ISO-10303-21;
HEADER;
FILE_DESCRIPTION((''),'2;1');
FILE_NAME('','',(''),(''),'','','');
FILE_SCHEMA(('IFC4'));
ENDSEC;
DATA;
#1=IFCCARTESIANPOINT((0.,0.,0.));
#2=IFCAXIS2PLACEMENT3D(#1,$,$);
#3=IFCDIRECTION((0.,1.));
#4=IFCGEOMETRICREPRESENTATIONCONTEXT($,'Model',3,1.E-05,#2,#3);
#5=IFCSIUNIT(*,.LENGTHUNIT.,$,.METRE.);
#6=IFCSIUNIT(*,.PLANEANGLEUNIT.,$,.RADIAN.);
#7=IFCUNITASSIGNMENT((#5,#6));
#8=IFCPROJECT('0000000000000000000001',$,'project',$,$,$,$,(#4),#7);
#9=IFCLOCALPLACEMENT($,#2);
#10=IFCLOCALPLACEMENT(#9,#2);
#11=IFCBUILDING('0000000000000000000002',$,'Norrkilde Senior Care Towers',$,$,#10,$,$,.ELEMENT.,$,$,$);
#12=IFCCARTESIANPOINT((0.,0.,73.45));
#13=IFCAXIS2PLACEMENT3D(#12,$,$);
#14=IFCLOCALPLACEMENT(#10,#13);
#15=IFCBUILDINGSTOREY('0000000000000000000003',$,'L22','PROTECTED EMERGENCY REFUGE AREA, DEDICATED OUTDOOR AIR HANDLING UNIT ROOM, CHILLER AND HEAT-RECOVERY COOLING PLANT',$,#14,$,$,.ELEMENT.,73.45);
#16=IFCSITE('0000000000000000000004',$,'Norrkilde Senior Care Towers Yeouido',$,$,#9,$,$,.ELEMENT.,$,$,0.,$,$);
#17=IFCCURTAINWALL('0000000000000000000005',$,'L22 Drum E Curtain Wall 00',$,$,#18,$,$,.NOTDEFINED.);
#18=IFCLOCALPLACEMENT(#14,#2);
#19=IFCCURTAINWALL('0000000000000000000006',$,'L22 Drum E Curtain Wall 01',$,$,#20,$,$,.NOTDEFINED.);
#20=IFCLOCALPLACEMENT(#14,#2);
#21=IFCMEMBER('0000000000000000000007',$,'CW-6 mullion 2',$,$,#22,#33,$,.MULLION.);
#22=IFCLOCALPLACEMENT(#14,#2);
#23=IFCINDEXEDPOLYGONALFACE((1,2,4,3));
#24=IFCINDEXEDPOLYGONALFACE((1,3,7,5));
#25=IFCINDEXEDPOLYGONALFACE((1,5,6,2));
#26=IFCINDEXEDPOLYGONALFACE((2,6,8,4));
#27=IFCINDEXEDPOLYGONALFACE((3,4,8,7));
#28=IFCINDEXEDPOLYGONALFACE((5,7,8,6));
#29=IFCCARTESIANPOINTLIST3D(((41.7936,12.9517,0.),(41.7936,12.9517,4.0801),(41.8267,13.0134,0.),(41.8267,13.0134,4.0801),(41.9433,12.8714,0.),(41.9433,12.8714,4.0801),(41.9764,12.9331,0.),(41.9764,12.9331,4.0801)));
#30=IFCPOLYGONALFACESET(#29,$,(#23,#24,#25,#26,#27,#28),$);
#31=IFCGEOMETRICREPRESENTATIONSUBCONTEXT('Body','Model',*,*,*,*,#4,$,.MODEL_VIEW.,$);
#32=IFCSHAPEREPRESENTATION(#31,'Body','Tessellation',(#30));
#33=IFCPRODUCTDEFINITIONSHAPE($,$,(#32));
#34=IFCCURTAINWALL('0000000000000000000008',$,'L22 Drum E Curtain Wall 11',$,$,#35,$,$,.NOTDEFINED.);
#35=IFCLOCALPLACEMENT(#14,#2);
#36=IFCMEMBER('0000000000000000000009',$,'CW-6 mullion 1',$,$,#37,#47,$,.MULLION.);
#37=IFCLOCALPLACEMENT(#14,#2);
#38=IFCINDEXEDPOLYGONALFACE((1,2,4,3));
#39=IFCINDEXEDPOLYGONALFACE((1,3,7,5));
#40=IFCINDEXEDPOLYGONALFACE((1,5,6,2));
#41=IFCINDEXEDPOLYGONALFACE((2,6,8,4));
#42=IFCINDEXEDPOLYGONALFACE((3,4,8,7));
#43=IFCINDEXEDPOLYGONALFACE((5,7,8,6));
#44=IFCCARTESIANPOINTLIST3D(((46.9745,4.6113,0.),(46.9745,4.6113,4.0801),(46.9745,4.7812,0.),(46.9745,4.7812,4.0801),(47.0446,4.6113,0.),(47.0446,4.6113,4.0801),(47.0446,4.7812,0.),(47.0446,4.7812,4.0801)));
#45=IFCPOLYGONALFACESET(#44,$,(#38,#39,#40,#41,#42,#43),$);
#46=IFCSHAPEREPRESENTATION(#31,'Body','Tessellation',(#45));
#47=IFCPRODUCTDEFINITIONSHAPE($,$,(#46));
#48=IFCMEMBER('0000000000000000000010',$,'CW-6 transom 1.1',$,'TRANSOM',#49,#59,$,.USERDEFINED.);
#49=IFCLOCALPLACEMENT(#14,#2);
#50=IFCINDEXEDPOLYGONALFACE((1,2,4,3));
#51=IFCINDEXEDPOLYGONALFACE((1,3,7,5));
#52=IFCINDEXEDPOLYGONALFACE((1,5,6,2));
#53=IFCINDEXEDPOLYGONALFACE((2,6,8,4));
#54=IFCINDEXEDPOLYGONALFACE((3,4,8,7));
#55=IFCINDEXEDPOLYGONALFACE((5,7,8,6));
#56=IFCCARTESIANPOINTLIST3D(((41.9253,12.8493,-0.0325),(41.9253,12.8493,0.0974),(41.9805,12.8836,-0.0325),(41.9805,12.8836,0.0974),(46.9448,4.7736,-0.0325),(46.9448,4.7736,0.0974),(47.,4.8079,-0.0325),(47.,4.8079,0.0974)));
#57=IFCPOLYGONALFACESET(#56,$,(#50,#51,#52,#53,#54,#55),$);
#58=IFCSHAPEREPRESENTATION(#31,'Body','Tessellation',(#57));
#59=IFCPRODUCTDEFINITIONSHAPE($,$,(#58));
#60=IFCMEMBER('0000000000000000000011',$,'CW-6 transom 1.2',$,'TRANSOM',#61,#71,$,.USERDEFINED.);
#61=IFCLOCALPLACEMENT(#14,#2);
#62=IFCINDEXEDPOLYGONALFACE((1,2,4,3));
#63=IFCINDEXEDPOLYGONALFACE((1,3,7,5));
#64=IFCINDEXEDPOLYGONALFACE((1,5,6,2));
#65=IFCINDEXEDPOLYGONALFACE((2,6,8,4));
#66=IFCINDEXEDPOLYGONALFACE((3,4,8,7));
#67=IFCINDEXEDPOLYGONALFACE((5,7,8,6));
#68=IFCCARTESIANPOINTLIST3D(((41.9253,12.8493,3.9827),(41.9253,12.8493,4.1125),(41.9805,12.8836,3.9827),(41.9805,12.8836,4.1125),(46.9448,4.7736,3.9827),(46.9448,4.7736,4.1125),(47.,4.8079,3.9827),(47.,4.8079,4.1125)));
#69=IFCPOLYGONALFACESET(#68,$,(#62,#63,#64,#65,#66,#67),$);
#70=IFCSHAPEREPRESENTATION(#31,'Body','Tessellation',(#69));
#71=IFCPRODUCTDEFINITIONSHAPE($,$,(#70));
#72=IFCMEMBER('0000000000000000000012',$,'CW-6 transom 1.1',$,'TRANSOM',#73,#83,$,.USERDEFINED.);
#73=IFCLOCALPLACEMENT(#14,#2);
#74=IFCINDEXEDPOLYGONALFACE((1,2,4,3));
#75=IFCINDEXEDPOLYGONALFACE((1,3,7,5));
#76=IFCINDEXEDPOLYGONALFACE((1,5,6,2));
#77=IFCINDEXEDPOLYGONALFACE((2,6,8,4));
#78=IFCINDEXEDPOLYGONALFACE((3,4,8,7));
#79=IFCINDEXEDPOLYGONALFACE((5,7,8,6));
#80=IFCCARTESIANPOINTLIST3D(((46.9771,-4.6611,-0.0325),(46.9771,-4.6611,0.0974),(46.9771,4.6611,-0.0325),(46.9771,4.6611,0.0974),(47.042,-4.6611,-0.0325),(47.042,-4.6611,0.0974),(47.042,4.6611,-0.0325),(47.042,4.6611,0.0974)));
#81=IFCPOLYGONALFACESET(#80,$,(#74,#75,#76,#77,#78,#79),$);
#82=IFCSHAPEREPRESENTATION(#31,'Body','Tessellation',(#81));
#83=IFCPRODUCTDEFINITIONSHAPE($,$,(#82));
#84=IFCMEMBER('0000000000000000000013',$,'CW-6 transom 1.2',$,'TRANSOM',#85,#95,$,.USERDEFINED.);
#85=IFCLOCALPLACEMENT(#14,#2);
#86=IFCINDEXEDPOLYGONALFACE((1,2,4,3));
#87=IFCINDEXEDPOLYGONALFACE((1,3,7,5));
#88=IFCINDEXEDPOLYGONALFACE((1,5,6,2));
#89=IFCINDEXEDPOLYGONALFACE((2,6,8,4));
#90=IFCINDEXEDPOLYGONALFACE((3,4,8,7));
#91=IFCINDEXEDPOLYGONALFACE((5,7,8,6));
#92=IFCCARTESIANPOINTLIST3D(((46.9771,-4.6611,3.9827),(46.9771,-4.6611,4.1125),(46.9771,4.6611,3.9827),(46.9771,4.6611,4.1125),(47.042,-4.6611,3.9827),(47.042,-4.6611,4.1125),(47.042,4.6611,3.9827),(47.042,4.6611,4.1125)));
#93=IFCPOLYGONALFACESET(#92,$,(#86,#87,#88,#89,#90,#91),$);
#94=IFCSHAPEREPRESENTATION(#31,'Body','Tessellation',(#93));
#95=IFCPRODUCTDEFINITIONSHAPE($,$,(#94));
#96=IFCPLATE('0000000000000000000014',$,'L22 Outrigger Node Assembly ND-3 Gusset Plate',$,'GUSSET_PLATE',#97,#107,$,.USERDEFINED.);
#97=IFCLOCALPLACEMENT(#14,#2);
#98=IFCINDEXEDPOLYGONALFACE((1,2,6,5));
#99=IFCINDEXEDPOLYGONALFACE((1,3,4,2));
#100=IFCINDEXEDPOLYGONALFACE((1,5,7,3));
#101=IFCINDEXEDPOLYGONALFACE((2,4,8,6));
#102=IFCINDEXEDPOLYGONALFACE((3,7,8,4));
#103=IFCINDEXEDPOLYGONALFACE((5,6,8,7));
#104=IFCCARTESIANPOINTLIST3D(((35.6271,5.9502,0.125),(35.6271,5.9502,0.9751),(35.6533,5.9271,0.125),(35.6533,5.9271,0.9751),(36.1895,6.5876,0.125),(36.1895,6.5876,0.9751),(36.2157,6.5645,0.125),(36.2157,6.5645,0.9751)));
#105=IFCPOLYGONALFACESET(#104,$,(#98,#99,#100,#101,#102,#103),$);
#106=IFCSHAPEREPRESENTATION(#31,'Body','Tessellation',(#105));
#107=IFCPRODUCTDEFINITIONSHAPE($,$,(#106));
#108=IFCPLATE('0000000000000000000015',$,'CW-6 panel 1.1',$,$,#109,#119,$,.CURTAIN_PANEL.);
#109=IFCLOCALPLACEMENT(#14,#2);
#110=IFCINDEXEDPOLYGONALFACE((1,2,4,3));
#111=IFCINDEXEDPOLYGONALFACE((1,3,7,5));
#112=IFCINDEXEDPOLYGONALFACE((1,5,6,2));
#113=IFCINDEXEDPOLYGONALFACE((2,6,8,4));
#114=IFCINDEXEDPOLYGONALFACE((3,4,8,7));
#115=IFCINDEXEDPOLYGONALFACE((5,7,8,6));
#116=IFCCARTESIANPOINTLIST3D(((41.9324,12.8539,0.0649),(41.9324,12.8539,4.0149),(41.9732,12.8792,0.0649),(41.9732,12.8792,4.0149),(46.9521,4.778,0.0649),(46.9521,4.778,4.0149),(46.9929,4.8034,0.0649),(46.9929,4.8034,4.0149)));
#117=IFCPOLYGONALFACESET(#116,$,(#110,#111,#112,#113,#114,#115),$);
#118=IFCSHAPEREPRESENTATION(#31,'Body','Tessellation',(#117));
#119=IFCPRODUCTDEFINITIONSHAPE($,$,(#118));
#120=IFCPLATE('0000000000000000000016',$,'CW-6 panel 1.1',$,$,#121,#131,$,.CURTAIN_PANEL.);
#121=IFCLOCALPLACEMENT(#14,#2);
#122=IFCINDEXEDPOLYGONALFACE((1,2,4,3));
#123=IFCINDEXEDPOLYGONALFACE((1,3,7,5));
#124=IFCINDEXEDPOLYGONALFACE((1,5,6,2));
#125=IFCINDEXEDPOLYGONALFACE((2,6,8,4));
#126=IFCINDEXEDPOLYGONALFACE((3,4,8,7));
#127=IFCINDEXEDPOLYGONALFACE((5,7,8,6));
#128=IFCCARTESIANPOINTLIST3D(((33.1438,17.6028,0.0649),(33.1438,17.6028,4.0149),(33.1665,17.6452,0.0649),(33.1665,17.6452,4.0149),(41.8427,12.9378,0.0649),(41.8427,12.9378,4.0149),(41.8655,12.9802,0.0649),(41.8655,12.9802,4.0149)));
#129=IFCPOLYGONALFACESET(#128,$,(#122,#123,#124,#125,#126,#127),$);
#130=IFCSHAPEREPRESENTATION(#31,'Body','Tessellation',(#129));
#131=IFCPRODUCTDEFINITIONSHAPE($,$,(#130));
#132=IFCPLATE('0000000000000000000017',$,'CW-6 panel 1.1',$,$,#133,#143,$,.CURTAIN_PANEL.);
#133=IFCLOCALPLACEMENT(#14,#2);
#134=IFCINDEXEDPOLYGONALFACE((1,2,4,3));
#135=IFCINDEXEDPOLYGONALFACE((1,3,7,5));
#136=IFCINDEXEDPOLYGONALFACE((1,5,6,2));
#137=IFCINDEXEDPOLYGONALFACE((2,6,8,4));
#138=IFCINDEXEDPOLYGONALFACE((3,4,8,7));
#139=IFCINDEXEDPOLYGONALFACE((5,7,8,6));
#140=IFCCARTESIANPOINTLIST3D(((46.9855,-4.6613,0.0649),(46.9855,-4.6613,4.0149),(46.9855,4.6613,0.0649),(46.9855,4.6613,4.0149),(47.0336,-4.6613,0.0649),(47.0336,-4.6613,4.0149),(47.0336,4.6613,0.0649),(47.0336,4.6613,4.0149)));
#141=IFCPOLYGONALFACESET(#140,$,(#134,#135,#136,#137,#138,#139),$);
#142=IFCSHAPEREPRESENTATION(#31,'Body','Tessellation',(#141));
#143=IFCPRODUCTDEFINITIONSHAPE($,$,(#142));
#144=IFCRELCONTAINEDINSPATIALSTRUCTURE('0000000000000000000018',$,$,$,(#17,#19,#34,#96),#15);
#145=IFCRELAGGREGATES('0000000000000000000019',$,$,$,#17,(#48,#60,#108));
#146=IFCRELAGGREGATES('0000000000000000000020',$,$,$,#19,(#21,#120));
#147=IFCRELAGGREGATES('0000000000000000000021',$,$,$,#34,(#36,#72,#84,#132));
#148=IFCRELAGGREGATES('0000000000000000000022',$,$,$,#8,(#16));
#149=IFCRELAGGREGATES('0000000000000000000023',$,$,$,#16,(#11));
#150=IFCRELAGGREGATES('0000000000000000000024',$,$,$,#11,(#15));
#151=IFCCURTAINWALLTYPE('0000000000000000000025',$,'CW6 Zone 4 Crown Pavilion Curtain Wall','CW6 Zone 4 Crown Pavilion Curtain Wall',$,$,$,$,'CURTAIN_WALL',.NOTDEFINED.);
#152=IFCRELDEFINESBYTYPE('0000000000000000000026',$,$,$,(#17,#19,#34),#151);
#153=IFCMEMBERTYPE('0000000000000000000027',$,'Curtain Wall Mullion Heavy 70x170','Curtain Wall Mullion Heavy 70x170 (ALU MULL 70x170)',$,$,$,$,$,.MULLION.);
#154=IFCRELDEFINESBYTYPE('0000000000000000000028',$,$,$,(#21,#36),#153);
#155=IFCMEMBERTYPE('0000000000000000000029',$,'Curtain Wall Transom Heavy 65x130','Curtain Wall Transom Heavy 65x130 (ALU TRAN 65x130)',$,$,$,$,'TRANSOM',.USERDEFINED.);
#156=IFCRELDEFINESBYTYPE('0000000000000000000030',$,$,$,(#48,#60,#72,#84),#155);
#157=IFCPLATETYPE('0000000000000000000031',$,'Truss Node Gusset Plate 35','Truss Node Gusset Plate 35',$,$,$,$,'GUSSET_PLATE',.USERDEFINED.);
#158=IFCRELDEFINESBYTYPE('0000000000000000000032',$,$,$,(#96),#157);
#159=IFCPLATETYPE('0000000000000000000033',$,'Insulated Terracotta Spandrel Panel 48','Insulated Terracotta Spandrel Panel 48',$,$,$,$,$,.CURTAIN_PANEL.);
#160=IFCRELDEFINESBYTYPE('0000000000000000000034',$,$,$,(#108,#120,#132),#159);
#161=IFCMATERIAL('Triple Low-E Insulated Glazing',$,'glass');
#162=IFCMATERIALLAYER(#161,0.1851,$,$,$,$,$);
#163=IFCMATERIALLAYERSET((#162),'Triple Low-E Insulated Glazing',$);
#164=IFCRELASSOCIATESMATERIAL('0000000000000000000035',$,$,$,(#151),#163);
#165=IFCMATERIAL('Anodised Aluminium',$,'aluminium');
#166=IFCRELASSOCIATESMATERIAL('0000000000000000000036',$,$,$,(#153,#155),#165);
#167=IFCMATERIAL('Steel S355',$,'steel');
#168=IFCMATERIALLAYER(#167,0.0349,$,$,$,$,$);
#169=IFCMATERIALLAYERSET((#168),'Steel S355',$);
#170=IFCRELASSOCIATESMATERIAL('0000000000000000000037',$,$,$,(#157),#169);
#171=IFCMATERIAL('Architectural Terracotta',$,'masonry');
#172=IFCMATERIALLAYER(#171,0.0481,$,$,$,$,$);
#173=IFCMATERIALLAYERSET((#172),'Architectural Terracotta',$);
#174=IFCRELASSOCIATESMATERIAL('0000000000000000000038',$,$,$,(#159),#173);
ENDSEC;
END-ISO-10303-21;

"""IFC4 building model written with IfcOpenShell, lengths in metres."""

from ifc_helpers import new_model, si_unit, direction, frame, origin, origin_2d, place, context, subcontext, project, spatial, rectangle, extrude, source, transform, mapped, material, layer, layer_set, material_profile, profile_set, type_object, type_shapes, element, aggregate, save


model = new_model("IFC4")

# Units and contexts
model_context = context("Model", 3, precision=1e-05, world=origin(), true_north=direction((0.0, 1.0)))
body_context = subcontext(model_context, "Body", "Model", "MODEL_VIEW")
ifc_project = project(units=[si_unit("LENGTHUNIT", "METRE"), si_unit("PLANEANGLEUNIT", "RADIAN")], contexts=[model_context])

# Site, building, storey
site_placement = place(None, origin())
site = spatial("IfcSite", under=ifc_project, at=site_placement, Name="Norrkilde Senior Care Towers Yeouido", CompositionType="ELEMENT", RefElevation=0.0)
building_placement = place(site_placement, origin())
building = spatial("IfcBuilding", under=site, at=building_placement, Name="Norrkilde Senior Care Towers", CompositionType="ELEMENT")
storey_placement = place(building_placement, frame((0.0, 0.0, 73.45)))
storey = spatial("IfcBuildingStorey", under=building, at=storey_placement, Name="L22", Description="PROTECTED EMERGENCY REFUGE AREA, DEDICATED OUTDOOR AIR HANDLING UNIT ROOM, CHILLER AND HEAT-RECOVERY COOLING PLANT", CompositionType="ELEMENT", Elevation=73.45)

# Shared definitions
ifc_material_1 = material(Name="Steel S355", Category="steel")

# Curtain wall
ifc_material_2 = material(Name="Triple Low-E Insulated Glazing", Category="glass")
ifc_layer_1 = layer(ifc_material_2, 0.1851)
ifc_layer_set_1 = layer_set([ifc_layer_1], Name="Triple Low-E Insulated Glazing")
curtain_wall_type = type_object("IfcCurtainWallType", Name="CW6 Zone 4 Crown Pavilion Curtain Wall", Description="CW6 Zone 4 Crown Pavilion Curtain Wall", ElementType="CURTAIN_WALL", PredefinedType="NOTDEFINED", material=ifc_layer_set_1)
curtain_wall_1_placement = place(storey_placement, origin())
curtain_wall_1 = element("IfcCurtainWall", 1, at=curtain_wall_1_placement, inside=storey, type_object=curtain_wall_type, Name="L22 Drum E Curtain Wall 00", PredefinedType="NOTDEFINED")
ifc_material_3 = material(Name="Anodised Aluminium", Category="aluminium")
ifc_material_profile_1 = material_profile(ifc_material_3, rectangle(XDim=0.0701, YDim=0.1699, at=origin_2d()), Name="ALU MULL 70x170")
ifc_profile_set_1 = profile_set([ifc_material_profile_1], Name="Anodised Aluminium")
member_type_1 = type_object("IfcMemberType", Name="Curtain Wall Mullion Heavy 70x170", Description="Curtain Wall Mullion Heavy 70x170 (ALU MULL 70x170)", PredefinedType="MULLION", material=ifc_profile_set_1)
shared_shape_1 = source(origin(), body_context, "Body", "SweptSolid", [
    extrude(rectangle(XDim=0.0701, YDim=0.1699, at=origin_2d()), origin(), (0.0, 0.0, 1.0), 4.0801),
])
type_shapes(member_type_1, [shared_shape_1])

# Curtain walls, members
curtain_wall_2_placement = place(storey_placement, origin())
curtain_wall_2 = element("IfcCurtainWall", 2, at=curtain_wall_2_placement, inside=storey, type_object=curtain_wall_type, Name="L22 Drum E Curtain Wall 01", PredefinedType="NOTDEFINED")
member_1_placement = place(storey_placement, frame((41.885, 12.9424, 0.0), z_axis=(0.0, 0.0, 1.0), x_axis=(0.472608, 0.881273, 0.0)))
member_1 = element("IfcMember", 3, at=member_1_placement, type_object=member_type_1, Name="CW-6 mullion 2", PredefinedType="MULLION", context=body_context, shape_type="MappedRepresentation", body=[
    mapped(shared_shape_1, transform((0.0, 0.0, 0.0), x_axis=(1.0, 0.0, 0.0), y_axis=(0.0, 1.0, 0.0), z_axis=(0.0, 0.0, 1.0), scale=1.0)),
])
curtain_wall_3_placement = place(storey_placement, origin())
curtain_wall_3 = element("IfcCurtainWall", 4, at=curtain_wall_3_placement, inside=storey, type_object=curtain_wall_type, Name="L22 Drum E Curtain Wall 11", PredefinedType="NOTDEFINED")
member_2_placement = place(storey_placement, frame((47.0095, 4.6963, 0.0), z_axis=(0.0, 0.0, 1.0), x_axis=(1.0, 0.0, 0.0)))
member_2 = element("IfcMember", 5, at=member_2_placement, type_object=member_type_1, Name="CW-6 mullion 1", PredefinedType="MULLION", context=body_context, shape_type="MappedRepresentation", body=[
    mapped(shared_shape_1, transform((0.0, 0.0, 0.0), x_axis=(1.0, 0.0, 0.0), y_axis=(0.0, 1.0, 0.0), z_axis=(0.0, 0.0, 1.0), scale=1.0)),
])

# Members
ifc_material_profile_2 = material_profile(ifc_material_3, rectangle(XDim=0.0649, YDim=0.1299, at=origin_2d()), Name="ALU TRAN 65x130")
ifc_profile_set_2 = profile_set([ifc_material_profile_2], Name="Anodised Aluminium")
member_type_2 = type_object("IfcMemberType", Name="Curtain Wall Transom Heavy 65x130", Description="Curtain Wall Transom Heavy 65x130 (ALU TRAN 65x130)", ElementType="TRANSOM", PredefinedType="USERDEFINED", material=ifc_profile_set_2)
shared_shape_2 = source(origin(), body_context, "Body", "SweptSolid", [
    extrude(rectangle(XDim=0.0649, YDim=0.1299, at=origin_2d()), origin(), (0.0, 0.0, 1.0), 9.5085),
])
member_3_placement = place(storey_placement, frame((41.9529, 12.8665, 0.0325), z_axis=(0.527897, -0.849308, 0.0), x_axis=(0.849308, 0.527897, 0.0)))
member_3 = element("IfcMember", 6, at=member_3_placement, type_object=member_type_2, Name="CW-6 transom 1.1", ObjectType="TRANSOM", PredefinedType="USERDEFINED", context=body_context, shape_type="MappedRepresentation", body=[
    mapped(shared_shape_2, transform((0.0, 0.0, 0.0), x_axis=(1.0, 0.0, 0.0), y_axis=(0.0, 1.0, 0.0), z_axis=(0.0, 0.0, 1.0), scale=1.0)),
])
member_4_placement = place(storey_placement, frame((41.9529, 12.8665, 4.0476), z_axis=(0.527897, -0.849308, 0.0), x_axis=(0.849308, 0.527897, 0.0)))
member_4 = element("IfcMember", 7, at=member_4_placement, type_object=member_type_2, Name="CW-6 transom 1.2", ObjectType="TRANSOM", PredefinedType="USERDEFINED", context=body_context, shape_type="MappedRepresentation", body=[
    mapped(shared_shape_2, transform((0.0, 0.0, 0.0), x_axis=(1.0, 0.0, 0.0), y_axis=(0.0, 1.0, 0.0), z_axis=(0.0, 0.0, 1.0), scale=1.0)),
])
shared_shape_3 = source(origin(), body_context, "Body", "SweptSolid", [
    extrude(rectangle(XDim=0.0649, YDim=0.1299, at=origin_2d()), origin(), (0.0, 0.0, 1.0), 9.3223),
])
type_shapes(member_type_2, [shared_shape_2, shared_shape_3])
member_5_placement = place(storey_placement, frame((47.0095, 4.6611, 0.0325), z_axis=(0.0, -1.0, 0.0), x_axis=(1.0, 0.0, 0.0)))
member_5 = element("IfcMember", 8, at=member_5_placement, type_object=member_type_2, Name="CW-6 transom 1.1", ObjectType="TRANSOM", PredefinedType="USERDEFINED", context=body_context, shape_type="MappedRepresentation", body=[
    mapped(shared_shape_3, transform((0.0, 0.0, 0.0), x_axis=(1.0, 0.0, 0.0), y_axis=(0.0, 1.0, 0.0), z_axis=(0.0, 0.0, 1.0), scale=1.0)),
])
member_6_placement = place(storey_placement, frame((47.0095, 4.6611, 4.0476), z_axis=(0.0, -1.0, 0.0), x_axis=(1.0, 0.0, 0.0)))
member_6 = element("IfcMember", 9, at=member_6_placement, type_object=member_type_2, Name="CW-6 transom 1.2", ObjectType="TRANSOM", PredefinedType="USERDEFINED", context=body_context, shape_type="MappedRepresentation", body=[
    mapped(shared_shape_3, transform((0.0, 0.0, 0.0), x_axis=(1.0, 0.0, 0.0), y_axis=(0.0, 1.0, 0.0), z_axis=(0.0, 0.0, 1.0), scale=1.0)),
])

# Plates
ifc_layer_2 = layer(ifc_material_1, 0.0349)
ifc_layer_set_2 = layer_set([ifc_layer_2], Name="Steel S355")
plate_type_1 = type_object("IfcPlateType", Name="Truss Node Gusset Plate 35", Description="Truss Node Gusset Plate 35", ElementType="GUSSET_PLATE", PredefinedType="USERDEFINED", material=ifc_layer_set_2)
shared_shape_4 = source(origin(), body_context, "Body", "SweptSolid", [
    extrude(rectangle(XDim=0.8501, YDim=0.0349, at=origin_2d()), origin(), (0.0, 0.0, 1.0), 0.8501),
])
type_shapes(plate_type_1, [shared_shape_4])
plate_1_placement = place(storey_placement, frame((35.9214, 6.2573, 0.125), z_axis=(0.0, 0.0, 1.0), x_axis=(0.661622, 0.749838, 0.0)))
element("IfcPlate", 10, at=plate_1_placement, inside=storey, type_object=plate_type_1, Name="L22 Outrigger Node Assembly ND-3 Gusset Plate", ObjectType="GUSSET_PLATE", PredefinedType="USERDEFINED", context=body_context, shape_type="MappedRepresentation", body=[
    mapped(shared_shape_4, transform((0.0, 0.0, 0.0), x_axis=(1.0, 0.0, 0.0), y_axis=(0.0, 1.0, 0.0), z_axis=(0.0, 0.0, 1.0), scale=1.0)),
])
ifc_material_4 = material(Name="Architectural Terracotta", Category="masonry")
ifc_layer_3 = layer(ifc_material_4, 0.0481)
ifc_layer_set_3 = layer_set([ifc_layer_3], Name="Architectural Terracotta")
plate_type_2 = type_object("IfcPlateType", Name="Insulated Terracotta Spandrel Panel 48", Description="Insulated Terracotta Spandrel Panel 48", PredefinedType="CURTAIN_PANEL", material=ifc_layer_set_3)
shared_shape_5 = source(origin(), body_context, "Body", "SweptSolid", [
    extrude(rectangle(XDim=9.5088, YDim=0.0481, at=origin_2d()), origin(), (0.0, 0.0, 1.0), 3.95),
])
plate_2_placement = place(storey_placement, frame((44.4626, 8.8286, 0.0649), z_axis=(0.0, 0.0, 1.0), x_axis=(0.527901, -0.849306, 0.0)))
plate_2 = element("IfcPlate", 11, at=plate_2_placement, type_object=plate_type_2, Name="CW-6 panel 1.1", PredefinedType="CURTAIN_PANEL", context=body_context, shape_type="MappedRepresentation", body=[
    mapped(shared_shape_5, transform((0.0, 0.0, 0.0), x_axis=(1.0, 0.0, 0.0), y_axis=(0.0, 1.0, 0.0), z_axis=(0.0, 0.0, 1.0), scale=1.0)),
])
aggregate(curtain_wall_1, [member_3, member_4, plate_2])
shared_shape_6 = source(origin(), body_context, "Body", "SweptSolid", [
    extrude(rectangle(XDim=9.8708, YDim=0.0481, at=origin_2d()), origin(), (0.0, 0.0, 1.0), 3.95),
])
plate_3_placement = place(storey_placement, frame((37.5046, 15.2915, 0.0649), z_axis=(0.0, 0.0, 1.0), x_axis=(0.881273, -0.472608, 0.0)))
plate_3 = element("IfcPlate", 12, at=plate_3_placement, type_object=plate_type_2, Name="CW-6 panel 1.1", PredefinedType="CURTAIN_PANEL", context=body_context, shape_type="MappedRepresentation", body=[
    mapped(shared_shape_6, transform((0.0, 0.0, 0.0), x_axis=(1.0, 0.0, 0.0), y_axis=(0.0, 1.0, 0.0), z_axis=(0.0, 0.0, 1.0), scale=1.0)),
])
aggregate(curtain_wall_2, [member_1, plate_3])
shared_shape_7 = source(origin(), body_context, "Body", "SweptSolid", [
    extrude(rectangle(XDim=9.3225, YDim=0.0481, at=origin_2d()), origin(), (0.0, 0.0, 1.0), 3.95),
])
type_shapes(plate_type_2, [shared_shape_5, shared_shape_6, shared_shape_7])
plate_4_placement = place(storey_placement, frame((47.0095, 0.0, 0.0649), z_axis=(0.0, 0.0, 1.0), x_axis=(0.0, -1.0, 0.0)))
plate_4 = element("IfcPlate", 13, at=plate_4_placement, type_object=plate_type_2, Name="CW-6 panel 1.1", PredefinedType="CURTAIN_PANEL", context=body_context, shape_type="MappedRepresentation", body=[
    mapped(shared_shape_7, transform((0.0, 0.0, 0.0), x_axis=(1.0, 0.0, 0.0), y_axis=(0.0, 1.0, 0.0), z_axis=(0.0, 0.0, 1.0), scale=1.0)),
])
aggregate(curtain_wall_3, [member_2, member_5, member_6, plate_4])

save(model, "model.ifc")
